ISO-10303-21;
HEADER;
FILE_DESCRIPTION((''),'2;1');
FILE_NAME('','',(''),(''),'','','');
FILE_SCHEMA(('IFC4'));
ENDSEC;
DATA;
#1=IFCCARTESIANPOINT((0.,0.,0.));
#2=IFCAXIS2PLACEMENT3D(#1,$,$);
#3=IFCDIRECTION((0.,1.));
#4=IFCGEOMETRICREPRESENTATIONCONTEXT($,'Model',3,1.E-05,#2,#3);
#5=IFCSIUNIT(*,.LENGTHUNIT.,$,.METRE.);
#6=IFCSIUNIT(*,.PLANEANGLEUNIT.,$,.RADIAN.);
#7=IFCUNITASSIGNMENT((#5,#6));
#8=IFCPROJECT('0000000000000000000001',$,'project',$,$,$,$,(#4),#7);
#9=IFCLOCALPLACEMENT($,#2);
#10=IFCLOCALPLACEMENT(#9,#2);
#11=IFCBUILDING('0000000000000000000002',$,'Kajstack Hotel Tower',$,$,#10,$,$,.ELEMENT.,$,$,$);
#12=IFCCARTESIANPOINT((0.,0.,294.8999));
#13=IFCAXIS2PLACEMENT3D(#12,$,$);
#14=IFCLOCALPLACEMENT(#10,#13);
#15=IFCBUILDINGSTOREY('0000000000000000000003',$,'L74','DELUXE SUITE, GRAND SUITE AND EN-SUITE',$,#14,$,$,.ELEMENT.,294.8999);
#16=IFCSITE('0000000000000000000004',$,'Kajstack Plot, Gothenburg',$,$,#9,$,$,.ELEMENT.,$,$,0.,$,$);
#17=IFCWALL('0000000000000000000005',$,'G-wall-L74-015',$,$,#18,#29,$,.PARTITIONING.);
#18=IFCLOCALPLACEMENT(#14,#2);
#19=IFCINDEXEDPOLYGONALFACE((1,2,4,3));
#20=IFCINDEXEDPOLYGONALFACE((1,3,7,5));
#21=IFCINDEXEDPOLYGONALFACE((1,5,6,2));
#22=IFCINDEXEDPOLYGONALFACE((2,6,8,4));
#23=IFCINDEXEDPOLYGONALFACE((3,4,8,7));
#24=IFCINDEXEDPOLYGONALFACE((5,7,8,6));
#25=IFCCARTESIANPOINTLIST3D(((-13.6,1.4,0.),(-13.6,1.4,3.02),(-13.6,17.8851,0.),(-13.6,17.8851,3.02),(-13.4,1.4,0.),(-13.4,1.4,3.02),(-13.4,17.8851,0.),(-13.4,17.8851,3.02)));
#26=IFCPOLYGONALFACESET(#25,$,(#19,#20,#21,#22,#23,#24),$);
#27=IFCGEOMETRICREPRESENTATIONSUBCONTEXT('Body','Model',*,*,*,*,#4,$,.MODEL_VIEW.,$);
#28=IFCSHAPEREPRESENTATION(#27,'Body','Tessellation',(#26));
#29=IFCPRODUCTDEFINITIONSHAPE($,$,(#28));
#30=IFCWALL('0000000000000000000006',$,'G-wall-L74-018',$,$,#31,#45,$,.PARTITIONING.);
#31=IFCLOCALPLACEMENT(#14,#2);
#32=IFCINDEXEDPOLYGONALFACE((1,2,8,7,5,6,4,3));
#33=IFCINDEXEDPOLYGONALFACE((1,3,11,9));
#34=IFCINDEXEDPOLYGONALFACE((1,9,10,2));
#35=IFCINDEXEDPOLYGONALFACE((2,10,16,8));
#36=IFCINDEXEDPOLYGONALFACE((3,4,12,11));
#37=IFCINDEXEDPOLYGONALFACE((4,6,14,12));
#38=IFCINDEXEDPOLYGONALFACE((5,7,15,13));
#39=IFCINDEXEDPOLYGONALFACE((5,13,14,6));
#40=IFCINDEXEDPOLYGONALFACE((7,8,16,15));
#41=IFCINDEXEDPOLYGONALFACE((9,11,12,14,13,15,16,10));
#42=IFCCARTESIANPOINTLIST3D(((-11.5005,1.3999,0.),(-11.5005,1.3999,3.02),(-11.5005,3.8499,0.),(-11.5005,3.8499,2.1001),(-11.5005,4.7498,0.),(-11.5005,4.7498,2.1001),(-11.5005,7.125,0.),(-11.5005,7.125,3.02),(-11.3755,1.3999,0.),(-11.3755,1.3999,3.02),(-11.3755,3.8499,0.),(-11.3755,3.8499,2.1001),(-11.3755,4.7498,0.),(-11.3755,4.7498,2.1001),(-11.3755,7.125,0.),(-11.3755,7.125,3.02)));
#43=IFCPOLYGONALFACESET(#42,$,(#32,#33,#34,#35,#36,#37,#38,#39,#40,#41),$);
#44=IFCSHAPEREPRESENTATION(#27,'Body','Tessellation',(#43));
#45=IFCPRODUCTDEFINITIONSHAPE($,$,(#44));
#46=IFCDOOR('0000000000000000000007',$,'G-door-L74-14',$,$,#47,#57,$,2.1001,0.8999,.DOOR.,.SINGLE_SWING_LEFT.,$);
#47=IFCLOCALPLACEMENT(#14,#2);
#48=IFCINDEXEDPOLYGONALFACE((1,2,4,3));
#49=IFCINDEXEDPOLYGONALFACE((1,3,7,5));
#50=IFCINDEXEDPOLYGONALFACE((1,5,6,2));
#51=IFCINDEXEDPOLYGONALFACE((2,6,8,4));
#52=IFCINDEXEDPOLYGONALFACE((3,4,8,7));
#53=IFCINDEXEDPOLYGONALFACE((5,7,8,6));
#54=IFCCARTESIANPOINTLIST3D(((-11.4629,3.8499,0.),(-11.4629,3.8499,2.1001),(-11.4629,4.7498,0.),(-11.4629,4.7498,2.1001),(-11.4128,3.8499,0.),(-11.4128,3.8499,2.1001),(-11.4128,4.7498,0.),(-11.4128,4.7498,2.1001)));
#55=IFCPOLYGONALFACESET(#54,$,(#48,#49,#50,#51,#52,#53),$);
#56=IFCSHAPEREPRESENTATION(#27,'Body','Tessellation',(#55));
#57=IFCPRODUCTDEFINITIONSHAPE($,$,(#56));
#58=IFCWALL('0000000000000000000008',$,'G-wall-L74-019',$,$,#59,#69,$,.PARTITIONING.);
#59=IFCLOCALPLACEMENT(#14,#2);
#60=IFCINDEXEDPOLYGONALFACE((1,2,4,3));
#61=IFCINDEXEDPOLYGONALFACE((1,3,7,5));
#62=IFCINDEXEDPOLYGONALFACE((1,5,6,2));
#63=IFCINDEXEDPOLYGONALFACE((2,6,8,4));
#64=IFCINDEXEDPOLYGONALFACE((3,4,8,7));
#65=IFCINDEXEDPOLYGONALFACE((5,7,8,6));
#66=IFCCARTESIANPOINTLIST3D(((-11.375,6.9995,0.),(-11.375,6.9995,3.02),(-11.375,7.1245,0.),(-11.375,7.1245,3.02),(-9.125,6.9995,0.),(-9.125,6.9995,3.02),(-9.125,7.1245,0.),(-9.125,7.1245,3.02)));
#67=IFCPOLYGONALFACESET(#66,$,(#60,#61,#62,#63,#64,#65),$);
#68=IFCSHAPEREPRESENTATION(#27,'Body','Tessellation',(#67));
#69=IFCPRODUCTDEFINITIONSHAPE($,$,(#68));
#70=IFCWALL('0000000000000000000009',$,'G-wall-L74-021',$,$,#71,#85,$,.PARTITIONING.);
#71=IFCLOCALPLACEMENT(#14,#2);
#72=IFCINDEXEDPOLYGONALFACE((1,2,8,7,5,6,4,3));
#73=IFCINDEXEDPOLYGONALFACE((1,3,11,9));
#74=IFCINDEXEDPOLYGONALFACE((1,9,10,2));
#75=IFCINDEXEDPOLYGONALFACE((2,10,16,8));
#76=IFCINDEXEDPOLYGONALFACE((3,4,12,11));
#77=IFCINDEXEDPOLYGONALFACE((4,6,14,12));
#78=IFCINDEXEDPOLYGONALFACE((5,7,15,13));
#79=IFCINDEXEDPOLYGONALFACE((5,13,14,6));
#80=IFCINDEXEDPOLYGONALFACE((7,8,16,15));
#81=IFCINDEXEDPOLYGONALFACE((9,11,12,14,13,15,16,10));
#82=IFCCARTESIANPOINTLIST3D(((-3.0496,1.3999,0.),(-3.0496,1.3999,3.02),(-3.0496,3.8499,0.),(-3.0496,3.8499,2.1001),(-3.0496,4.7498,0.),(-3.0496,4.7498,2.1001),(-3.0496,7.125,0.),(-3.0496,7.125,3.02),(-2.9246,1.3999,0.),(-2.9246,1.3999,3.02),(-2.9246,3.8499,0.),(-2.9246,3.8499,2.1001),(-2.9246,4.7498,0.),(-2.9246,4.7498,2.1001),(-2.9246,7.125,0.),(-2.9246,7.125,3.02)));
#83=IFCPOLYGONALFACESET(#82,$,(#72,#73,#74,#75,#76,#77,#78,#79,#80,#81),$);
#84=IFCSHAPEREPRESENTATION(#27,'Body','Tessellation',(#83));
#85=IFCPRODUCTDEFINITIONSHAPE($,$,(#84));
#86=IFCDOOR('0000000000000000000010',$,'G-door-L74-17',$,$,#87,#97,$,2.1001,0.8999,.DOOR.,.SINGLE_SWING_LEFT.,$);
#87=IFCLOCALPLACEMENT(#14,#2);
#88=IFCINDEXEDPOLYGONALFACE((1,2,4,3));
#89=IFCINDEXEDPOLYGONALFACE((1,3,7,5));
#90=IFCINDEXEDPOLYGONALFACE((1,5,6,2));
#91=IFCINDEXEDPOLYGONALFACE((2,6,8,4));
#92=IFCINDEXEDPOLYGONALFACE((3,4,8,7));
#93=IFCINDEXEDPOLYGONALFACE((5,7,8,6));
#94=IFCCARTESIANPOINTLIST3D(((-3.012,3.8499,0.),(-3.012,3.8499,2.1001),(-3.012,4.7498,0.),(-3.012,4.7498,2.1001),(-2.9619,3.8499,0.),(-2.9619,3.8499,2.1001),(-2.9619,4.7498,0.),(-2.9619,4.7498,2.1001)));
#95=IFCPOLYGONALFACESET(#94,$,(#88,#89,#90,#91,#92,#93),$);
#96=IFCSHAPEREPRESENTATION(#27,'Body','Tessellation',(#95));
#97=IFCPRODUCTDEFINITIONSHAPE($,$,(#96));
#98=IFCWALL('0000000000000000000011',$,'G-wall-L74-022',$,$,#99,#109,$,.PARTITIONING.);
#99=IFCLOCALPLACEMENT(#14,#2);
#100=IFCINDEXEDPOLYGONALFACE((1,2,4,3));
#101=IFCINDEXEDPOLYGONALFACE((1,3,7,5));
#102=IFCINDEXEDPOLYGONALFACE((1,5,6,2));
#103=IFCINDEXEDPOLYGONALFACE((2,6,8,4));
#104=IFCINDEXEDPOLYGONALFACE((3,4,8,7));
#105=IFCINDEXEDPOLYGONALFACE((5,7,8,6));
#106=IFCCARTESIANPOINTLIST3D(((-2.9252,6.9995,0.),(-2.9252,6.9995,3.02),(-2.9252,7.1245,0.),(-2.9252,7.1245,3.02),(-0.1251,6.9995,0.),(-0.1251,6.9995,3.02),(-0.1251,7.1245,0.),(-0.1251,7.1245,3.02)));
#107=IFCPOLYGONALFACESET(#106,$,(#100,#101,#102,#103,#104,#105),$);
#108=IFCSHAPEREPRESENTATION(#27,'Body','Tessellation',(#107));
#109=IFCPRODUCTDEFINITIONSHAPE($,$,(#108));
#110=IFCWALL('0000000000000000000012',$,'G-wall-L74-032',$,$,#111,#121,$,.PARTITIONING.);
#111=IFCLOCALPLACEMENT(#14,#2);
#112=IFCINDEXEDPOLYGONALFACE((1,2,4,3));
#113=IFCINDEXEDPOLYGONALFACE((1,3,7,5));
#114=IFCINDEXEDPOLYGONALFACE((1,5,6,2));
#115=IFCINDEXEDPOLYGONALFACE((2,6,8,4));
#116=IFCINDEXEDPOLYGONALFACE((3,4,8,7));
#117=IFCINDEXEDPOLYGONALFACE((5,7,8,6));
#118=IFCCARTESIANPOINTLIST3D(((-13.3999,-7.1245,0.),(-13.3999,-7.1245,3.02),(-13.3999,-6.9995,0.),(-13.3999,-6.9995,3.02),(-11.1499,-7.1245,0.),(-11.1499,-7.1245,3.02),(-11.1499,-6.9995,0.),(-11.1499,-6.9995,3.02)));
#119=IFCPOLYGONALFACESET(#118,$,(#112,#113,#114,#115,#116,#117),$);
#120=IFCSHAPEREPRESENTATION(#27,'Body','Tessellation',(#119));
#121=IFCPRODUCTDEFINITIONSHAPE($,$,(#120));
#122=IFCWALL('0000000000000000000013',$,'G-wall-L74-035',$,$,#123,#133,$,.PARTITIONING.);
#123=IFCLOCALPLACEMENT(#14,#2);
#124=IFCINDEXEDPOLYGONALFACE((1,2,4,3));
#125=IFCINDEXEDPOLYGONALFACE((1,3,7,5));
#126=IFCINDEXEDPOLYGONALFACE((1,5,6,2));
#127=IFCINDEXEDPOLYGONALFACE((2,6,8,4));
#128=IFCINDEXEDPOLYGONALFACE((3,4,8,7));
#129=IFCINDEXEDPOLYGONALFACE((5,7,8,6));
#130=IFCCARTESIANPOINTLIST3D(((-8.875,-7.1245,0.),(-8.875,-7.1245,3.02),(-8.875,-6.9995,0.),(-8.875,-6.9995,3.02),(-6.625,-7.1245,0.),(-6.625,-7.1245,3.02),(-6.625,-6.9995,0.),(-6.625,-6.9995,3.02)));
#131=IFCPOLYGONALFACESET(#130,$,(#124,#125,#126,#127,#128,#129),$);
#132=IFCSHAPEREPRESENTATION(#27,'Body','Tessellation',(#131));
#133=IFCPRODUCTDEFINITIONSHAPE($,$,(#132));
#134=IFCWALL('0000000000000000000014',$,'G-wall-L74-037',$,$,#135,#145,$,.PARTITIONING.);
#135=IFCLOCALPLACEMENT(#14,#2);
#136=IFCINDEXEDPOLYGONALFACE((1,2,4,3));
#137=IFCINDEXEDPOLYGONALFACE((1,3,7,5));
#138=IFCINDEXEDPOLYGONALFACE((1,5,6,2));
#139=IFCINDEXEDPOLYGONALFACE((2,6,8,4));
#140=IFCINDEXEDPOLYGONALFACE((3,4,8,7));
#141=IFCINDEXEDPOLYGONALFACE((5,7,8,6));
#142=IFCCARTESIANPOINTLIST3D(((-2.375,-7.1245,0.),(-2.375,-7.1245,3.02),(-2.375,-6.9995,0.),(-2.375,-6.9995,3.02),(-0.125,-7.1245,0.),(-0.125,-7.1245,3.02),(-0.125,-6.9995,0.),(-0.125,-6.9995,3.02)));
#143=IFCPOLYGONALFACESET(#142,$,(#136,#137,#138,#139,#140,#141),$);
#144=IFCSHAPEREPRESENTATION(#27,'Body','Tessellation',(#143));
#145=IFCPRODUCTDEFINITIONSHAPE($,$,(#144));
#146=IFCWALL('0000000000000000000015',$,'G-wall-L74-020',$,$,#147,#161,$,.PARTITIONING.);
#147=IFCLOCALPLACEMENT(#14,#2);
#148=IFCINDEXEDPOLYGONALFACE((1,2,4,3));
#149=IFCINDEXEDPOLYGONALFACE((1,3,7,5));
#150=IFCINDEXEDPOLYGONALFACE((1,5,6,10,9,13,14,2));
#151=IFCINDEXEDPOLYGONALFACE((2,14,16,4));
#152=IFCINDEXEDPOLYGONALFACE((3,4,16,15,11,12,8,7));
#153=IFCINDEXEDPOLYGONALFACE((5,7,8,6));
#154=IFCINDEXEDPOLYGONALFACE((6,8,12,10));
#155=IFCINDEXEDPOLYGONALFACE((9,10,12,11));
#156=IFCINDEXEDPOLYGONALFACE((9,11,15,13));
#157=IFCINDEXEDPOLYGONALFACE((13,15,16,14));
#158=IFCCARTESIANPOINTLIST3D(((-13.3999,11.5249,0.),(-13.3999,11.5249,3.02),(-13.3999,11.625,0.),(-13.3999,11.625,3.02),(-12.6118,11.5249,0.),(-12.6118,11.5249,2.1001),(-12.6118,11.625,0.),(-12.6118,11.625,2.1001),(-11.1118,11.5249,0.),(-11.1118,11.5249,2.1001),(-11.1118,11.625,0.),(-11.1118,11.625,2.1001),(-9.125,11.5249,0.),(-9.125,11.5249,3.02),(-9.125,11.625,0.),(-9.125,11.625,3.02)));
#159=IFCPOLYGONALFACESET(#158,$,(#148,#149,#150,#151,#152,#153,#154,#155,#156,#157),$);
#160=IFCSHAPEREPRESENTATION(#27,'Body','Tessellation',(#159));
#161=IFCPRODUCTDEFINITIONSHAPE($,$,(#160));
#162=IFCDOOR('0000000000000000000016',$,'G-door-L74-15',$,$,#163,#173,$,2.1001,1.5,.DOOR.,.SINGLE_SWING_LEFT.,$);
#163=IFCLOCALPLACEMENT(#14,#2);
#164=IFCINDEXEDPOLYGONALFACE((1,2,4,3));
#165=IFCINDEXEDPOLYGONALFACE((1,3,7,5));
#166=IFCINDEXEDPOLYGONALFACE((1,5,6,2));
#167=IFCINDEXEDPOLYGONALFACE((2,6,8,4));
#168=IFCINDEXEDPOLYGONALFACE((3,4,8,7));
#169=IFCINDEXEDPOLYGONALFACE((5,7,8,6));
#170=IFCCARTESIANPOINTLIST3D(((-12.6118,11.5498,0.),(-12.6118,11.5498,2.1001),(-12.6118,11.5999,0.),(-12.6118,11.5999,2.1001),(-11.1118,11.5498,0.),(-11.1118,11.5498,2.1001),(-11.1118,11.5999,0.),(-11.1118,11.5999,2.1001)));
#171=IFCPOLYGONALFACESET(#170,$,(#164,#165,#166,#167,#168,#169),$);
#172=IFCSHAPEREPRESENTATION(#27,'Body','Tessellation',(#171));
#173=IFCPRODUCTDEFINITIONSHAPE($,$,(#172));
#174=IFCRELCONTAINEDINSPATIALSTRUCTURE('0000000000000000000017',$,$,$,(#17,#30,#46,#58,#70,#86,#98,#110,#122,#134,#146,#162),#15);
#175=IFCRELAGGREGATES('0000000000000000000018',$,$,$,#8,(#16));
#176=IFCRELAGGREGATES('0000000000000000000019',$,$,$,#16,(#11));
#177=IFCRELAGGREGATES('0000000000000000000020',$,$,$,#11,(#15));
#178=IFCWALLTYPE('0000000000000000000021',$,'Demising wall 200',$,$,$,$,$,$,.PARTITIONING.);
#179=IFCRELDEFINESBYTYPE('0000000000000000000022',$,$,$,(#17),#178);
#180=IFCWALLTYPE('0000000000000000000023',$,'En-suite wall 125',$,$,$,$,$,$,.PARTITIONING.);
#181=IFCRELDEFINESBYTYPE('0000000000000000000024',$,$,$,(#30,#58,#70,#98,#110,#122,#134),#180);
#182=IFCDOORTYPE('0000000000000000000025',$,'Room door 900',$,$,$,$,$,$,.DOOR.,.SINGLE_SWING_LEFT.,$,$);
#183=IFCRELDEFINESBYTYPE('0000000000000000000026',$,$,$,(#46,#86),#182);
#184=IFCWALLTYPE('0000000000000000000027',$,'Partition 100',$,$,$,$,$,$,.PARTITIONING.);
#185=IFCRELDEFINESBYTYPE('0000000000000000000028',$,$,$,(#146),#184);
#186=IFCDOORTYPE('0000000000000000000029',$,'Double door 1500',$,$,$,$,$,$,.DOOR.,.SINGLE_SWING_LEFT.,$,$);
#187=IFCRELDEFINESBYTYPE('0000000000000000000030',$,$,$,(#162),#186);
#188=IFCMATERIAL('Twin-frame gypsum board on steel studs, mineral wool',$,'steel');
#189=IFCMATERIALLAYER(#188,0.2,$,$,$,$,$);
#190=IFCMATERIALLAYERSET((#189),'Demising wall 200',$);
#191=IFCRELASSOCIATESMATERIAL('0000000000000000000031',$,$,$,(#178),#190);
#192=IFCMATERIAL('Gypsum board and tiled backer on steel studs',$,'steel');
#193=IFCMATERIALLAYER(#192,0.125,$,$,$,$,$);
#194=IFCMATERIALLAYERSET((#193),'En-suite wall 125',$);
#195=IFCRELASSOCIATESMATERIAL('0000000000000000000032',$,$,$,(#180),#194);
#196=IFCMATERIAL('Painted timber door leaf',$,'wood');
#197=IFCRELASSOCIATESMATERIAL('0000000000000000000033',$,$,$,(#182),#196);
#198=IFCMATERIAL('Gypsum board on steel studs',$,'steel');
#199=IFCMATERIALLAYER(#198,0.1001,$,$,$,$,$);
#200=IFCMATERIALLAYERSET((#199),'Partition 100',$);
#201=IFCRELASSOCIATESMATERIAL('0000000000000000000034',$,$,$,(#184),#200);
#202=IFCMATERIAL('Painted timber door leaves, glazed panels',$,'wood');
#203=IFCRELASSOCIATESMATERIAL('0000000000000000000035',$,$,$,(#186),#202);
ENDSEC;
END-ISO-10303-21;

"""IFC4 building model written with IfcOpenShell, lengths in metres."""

from ifc_helpers import new_model, si_unit, direction, frame, frame_2d, origin, place, context, subcontext, project, spatial, rectangle, extrude, material, layer, layer_set, type_object, element, fill, save


model = new_model("IFC4")

# Units and contexts
model_context = context("Model", 3, precision=1e-05, world=origin(), true_north=direction((0.0, 1.0)))
body_context = subcontext(model_context, "Body", "Model", "MODEL_VIEW")
ifc_project = project(units=[si_unit("LENGTHUNIT", "METRE"), si_unit("PLANEANGLEUNIT", "RADIAN")], contexts=[model_context])

# Site, building, storey
site_placement = place(None, origin())
site = spatial("IfcSite", under=ifc_project, at=site_placement, Name="Kajstack Plot, Gothenburg", CompositionType="ELEMENT", RefElevation=0.0)
building_placement = place(site_placement, origin())
building = spatial("IfcBuilding", under=site, at=building_placement, Name="Kajstack Hotel Tower", CompositionType="ELEMENT")
storey_placement = place(building_placement, frame((0.0, 0.0, 294.8999)))
storey = spatial("IfcBuildingStorey", under=building, at=storey_placement, Name="L74", Description="DELUXE SUITE, GRAND SUITE AND EN-SUITE", CompositionType="ELEMENT", Elevation=294.8999)

# Wall
ifc_material_1 = material(Name="Twin-frame gypsum board on steel studs, mineral wool", Category="steel")
ifc_layer_1 = layer(ifc_material_1, 0.2)
ifc_layer_set_1 = layer_set([ifc_layer_1], Name="Demising wall 200")
wall_type_1 = type_object("IfcWallType", Name="Demising wall 200", PredefinedType="PARTITIONING", material=ifc_layer_set_1)
wall_1_placement = place(storey_placement, frame((-13.5, 1.3999, 0.0), z_axis=(0.0, 0.0, 1.0), x_axis=(0.0, 1.0, 0.0)))
element("IfcWall", 1, at=wall_1_placement, inside=storey, type_object=wall_type_1, Name="G-wall-L74-015", PredefinedType="PARTITIONING", context=body_context, shape_type="SweptSolid", body=[
    extrude(rectangle(XDim=16.4851, YDim=0.2, at=frame_2d((8.2427, 0.0))), origin(), (0.0, 0.0, 1.0), 3.02),
])

# Wall, opening, door
ifc_material_2 = material(Name="Gypsum board and tiled backer on steel studs", Category="steel")
ifc_layer_2 = layer(ifc_material_2, 0.125)
ifc_layer_set_2 = layer_set([ifc_layer_2], Name="En-suite wall 125")
wall_type_2 = type_object("IfcWallType", Name="En-suite wall 125", PredefinedType="PARTITIONING", material=ifc_layer_set_2)
wall_2_placement = place(storey_placement, frame((-11.438, 1.3999, 0.0), z_axis=(0.0, 0.0, 1.0), x_axis=(0.0, 1.0, 0.0)))
wall_2 = element("IfcWall", 2, at=wall_2_placement, inside=storey, type_object=wall_type_2, Name="G-wall-L74-018", PredefinedType="PARTITIONING", context=body_context, shape_type="SweptSolid", body=[
    extrude(rectangle(XDim=5.7251, YDim=0.125, at=frame_2d((2.8625, 0.0))), origin(), (0.0, 0.0, 1.0), 3.02),
])
opening_1_placement = place(wall_2_placement, frame((2.45, 0.0, 0.0)))
opening_1 = element("IfcOpeningElement", 3, at=opening_1_placement, cuts=wall_2, PredefinedType="OPENING", context=body_context, shape_type="SweptSolid", body=[
    extrude(rectangle(XDim=0.8999, YDim=2.1001, at=frame_2d((0.45, 1.05))), frame((0.0, 0.0725, 0.0), z_axis=(0.0, -1.0, 0.0), x_axis=(1.0, 0.0, 0.0)), (0.0, 0.0, 1.0), 0.145),
])
ifc_material_3 = material(Name="Painted timber door leaf", Category="wood")
door_type_1 = type_object("IfcDoorType", Name="Room door 900", OperationType="SINGLE_SWING_LEFT", PredefinedType="DOOR", material=ifc_material_3)
door_1_placement = place(opening_1_placement, origin())
door_1 = element("IfcDoor", 4, at=door_1_placement, inside=storey, type_object=door_type_1, Name="G-door-L74-14", OperationType="SINGLE_SWING_LEFT", OverallHeight=2.1001, OverallWidth=0.8999, PredefinedType="DOOR", context=body_context, shape_type="SweptSolid", body=[
    extrude(rectangle(XDim=0.8999, YDim=2.1001, at=frame_2d((0.45, 1.05))), frame((0.0, 0.0249, 0.0), z_axis=(0.0, -1.0, 0.0), x_axis=(1.0, 0.0, 0.0)), (0.0, 0.0, 1.0), 0.05),
])
fill(opening_1, door_1)

# Wall
wall_3_placement = place(storey_placement, frame((-11.375, 7.062, 0.0), z_axis=(0.0, 0.0, 1.0), x_axis=(1.0, 0.0, 0.0)))
element("IfcWall", 5, at=wall_3_placement, inside=storey, type_object=wall_type_2, Name="G-wall-L74-019", PredefinedType="PARTITIONING", context=body_context, shape_type="SweptSolid", body=[
    extrude(rectangle(XDim=2.25, YDim=0.125, at=frame_2d((1.125, 0.0))), origin(), (0.0, 0.0, 1.0), 3.02),
])

# Wall, opening, door
wall_4_placement = place(storey_placement, frame((-2.9871, 1.3999, 0.0), z_axis=(0.0, 0.0, 1.0), x_axis=(0.0, 1.0, 0.0)))
wall_4 = element("IfcWall", 6, at=wall_4_placement, inside=storey, type_object=wall_type_2, Name="G-wall-L74-021", PredefinedType="PARTITIONING", context=body_context, shape_type="SweptSolid", body=[
    extrude(rectangle(XDim=5.7251, YDim=0.125, at=frame_2d((2.8625, 0.0))), origin(), (0.0, 0.0, 1.0), 3.02),
])
opening_2_placement = place(wall_4_placement, frame((2.45, 0.0, 0.0)))
opening_2 = element("IfcOpeningElement", 7, at=opening_2_placement, cuts=wall_4, PredefinedType="OPENING", context=body_context, shape_type="SweptSolid", body=[
    extrude(rectangle(XDim=0.8999, YDim=2.1001, at=frame_2d((0.45, 1.05))), frame((0.0, 0.0725, 0.0), z_axis=(0.0, -1.0, 0.0), x_axis=(1.0, 0.0, 0.0)), (0.0, 0.0, 1.0), 0.145),
])
door_2_placement = place(opening_2_placement, origin())
door_2 = element("IfcDoor", 8, at=door_2_placement, inside=storey, type_object=door_type_1, Name="G-door-L74-17", OperationType="SINGLE_SWING_LEFT", OverallHeight=2.1001, OverallWidth=0.8999, PredefinedType="DOOR", context=body_context, shape_type="SweptSolid", body=[
    extrude(rectangle(XDim=0.8999, YDim=2.1001, at=frame_2d((0.45, 1.05))), frame((0.0, 0.0249, 0.0), z_axis=(0.0, -1.0, 0.0), x_axis=(1.0, 0.0, 0.0)), (0.0, 0.0, 1.0), 0.05),
])
fill(opening_2, door_2)

# Walls
wall_5_placement = place(storey_placement, frame((-2.925, 7.062, 0.0), z_axis=(0.0, 0.0, 1.0), x_axis=(1.0, 0.0, 0.0)))
element("IfcWall", 9, at=wall_5_placement, inside=storey, type_object=wall_type_2, Name="G-wall-L74-022", PredefinedType="PARTITIONING", context=body_context, shape_type="SweptSolid", body=[
    extrude(rectangle(XDim=2.8, YDim=0.125, at=frame_2d((1.3999, 0.0))), origin(), (0.0, 0.0, 1.0), 3.02),
])
for number, where, z_axis, x_axis, name in (
    (10, (-13.3999, -7.062, 0.0), (0.0, 0.0, 1.0), (1.0, 0.0, 0.0), "G-wall-L74-032"),
    (11, (-8.875, -7.062, 0.0), (0.0, 0.0, 1.0), (1.0, 0.0, 0.0), "G-wall-L74-035"),
    (12, (-2.375, -7.062, 0.0), (0.0, 0.0, 1.0), (1.0, 0.0, 0.0), "G-wall-L74-037"),
):
    element("IfcWall", number, at=place(storey_placement, frame(where, z_axis=z_axis, x_axis=x_axis)), inside=storey, type_object=wall_type_2, Name=name, PredefinedType="PARTITIONING", context=body_context, shape_type="SweptSolid", body=[
        extrude(rectangle(XDim=2.25, YDim=0.125, at=frame_2d((1.125, 0.0))), origin(), (0.0, 0.0, 1.0), 3.02),
    ])

# Wall, opening, door
ifc_material_4 = material(Name="Gypsum board on steel studs", Category="steel")
ifc_layer_3 = layer(ifc_material_4, 0.1001)
ifc_layer_set_3 = layer_set([ifc_layer_3], Name="Partition 100")
wall_type_3 = type_object("IfcWallType", Name="Partition 100", PredefinedType="PARTITIONING", material=ifc_layer_set_3)
wall_6_placement = place(storey_placement, frame((-13.3999, 11.575, 0.0), z_axis=(0.0, 0.0, 1.0), x_axis=(1.0, 0.0, 0.0)))
wall_6 = element("IfcWall", 13, at=wall_6_placement, inside=storey, type_object=wall_type_3, Name="G-wall-L74-020", PredefinedType="PARTITIONING", context=body_context, shape_type="SweptSolid", body=[
    extrude(rectangle(XDim=4.2749, YDim=0.1001, at=frame_2d((2.1375, 0.0))), origin(), (0.0, 0.0, 1.0), 3.02),
])
opening_3_placement = place(wall_6_placement, frame((0.7881, 0.0, 0.0)))
opening_3 = element("IfcOpeningElement", 14, at=opening_3_placement, cuts=wall_6, PredefinedType="OPENING", context=body_context, shape_type="SweptSolid", body=[
    extrude(rectangle(XDim=1.5, YDim=2.1001, at=frame_2d((0.75, 1.05))), frame((0.0, 0.0601, 0.0), z_axis=(0.0, -1.0, 0.0), x_axis=(1.0, 0.0, 0.0)), (0.0, 0.0, 1.0), 0.1201),
])
ifc_material_5 = material(Name="Painted timber door leaves, glazed panels", Category="wood")
door_type_2 = type_object("IfcDoorType", Name="Double door 1500", OperationType="SINGLE_SWING_LEFT", PredefinedType="DOOR", material=ifc_material_5)
door_3_placement = place(opening_3_placement, origin())
door_3 = element("IfcDoor", 15, at=door_3_placement, inside=storey, type_object=door_type_2, Name="G-door-L74-15", OperationType="SINGLE_SWING_LEFT", OverallHeight=2.1001, OverallWidth=1.5, PredefinedType="DOOR", context=body_context, shape_type="SweptSolid", body=[
    extrude(rectangle(XDim=1.5, YDim=2.1001, at=frame_2d((0.75, 1.05))), frame((0.0, 0.0249, 0.0), z_axis=(0.0, -1.0, 0.0), x_axis=(1.0, 0.0, 0.0)), (0.0, 0.0, 1.0), 0.05),
])
fill(opening_3, door_3)

save(model, "model.ifc")
